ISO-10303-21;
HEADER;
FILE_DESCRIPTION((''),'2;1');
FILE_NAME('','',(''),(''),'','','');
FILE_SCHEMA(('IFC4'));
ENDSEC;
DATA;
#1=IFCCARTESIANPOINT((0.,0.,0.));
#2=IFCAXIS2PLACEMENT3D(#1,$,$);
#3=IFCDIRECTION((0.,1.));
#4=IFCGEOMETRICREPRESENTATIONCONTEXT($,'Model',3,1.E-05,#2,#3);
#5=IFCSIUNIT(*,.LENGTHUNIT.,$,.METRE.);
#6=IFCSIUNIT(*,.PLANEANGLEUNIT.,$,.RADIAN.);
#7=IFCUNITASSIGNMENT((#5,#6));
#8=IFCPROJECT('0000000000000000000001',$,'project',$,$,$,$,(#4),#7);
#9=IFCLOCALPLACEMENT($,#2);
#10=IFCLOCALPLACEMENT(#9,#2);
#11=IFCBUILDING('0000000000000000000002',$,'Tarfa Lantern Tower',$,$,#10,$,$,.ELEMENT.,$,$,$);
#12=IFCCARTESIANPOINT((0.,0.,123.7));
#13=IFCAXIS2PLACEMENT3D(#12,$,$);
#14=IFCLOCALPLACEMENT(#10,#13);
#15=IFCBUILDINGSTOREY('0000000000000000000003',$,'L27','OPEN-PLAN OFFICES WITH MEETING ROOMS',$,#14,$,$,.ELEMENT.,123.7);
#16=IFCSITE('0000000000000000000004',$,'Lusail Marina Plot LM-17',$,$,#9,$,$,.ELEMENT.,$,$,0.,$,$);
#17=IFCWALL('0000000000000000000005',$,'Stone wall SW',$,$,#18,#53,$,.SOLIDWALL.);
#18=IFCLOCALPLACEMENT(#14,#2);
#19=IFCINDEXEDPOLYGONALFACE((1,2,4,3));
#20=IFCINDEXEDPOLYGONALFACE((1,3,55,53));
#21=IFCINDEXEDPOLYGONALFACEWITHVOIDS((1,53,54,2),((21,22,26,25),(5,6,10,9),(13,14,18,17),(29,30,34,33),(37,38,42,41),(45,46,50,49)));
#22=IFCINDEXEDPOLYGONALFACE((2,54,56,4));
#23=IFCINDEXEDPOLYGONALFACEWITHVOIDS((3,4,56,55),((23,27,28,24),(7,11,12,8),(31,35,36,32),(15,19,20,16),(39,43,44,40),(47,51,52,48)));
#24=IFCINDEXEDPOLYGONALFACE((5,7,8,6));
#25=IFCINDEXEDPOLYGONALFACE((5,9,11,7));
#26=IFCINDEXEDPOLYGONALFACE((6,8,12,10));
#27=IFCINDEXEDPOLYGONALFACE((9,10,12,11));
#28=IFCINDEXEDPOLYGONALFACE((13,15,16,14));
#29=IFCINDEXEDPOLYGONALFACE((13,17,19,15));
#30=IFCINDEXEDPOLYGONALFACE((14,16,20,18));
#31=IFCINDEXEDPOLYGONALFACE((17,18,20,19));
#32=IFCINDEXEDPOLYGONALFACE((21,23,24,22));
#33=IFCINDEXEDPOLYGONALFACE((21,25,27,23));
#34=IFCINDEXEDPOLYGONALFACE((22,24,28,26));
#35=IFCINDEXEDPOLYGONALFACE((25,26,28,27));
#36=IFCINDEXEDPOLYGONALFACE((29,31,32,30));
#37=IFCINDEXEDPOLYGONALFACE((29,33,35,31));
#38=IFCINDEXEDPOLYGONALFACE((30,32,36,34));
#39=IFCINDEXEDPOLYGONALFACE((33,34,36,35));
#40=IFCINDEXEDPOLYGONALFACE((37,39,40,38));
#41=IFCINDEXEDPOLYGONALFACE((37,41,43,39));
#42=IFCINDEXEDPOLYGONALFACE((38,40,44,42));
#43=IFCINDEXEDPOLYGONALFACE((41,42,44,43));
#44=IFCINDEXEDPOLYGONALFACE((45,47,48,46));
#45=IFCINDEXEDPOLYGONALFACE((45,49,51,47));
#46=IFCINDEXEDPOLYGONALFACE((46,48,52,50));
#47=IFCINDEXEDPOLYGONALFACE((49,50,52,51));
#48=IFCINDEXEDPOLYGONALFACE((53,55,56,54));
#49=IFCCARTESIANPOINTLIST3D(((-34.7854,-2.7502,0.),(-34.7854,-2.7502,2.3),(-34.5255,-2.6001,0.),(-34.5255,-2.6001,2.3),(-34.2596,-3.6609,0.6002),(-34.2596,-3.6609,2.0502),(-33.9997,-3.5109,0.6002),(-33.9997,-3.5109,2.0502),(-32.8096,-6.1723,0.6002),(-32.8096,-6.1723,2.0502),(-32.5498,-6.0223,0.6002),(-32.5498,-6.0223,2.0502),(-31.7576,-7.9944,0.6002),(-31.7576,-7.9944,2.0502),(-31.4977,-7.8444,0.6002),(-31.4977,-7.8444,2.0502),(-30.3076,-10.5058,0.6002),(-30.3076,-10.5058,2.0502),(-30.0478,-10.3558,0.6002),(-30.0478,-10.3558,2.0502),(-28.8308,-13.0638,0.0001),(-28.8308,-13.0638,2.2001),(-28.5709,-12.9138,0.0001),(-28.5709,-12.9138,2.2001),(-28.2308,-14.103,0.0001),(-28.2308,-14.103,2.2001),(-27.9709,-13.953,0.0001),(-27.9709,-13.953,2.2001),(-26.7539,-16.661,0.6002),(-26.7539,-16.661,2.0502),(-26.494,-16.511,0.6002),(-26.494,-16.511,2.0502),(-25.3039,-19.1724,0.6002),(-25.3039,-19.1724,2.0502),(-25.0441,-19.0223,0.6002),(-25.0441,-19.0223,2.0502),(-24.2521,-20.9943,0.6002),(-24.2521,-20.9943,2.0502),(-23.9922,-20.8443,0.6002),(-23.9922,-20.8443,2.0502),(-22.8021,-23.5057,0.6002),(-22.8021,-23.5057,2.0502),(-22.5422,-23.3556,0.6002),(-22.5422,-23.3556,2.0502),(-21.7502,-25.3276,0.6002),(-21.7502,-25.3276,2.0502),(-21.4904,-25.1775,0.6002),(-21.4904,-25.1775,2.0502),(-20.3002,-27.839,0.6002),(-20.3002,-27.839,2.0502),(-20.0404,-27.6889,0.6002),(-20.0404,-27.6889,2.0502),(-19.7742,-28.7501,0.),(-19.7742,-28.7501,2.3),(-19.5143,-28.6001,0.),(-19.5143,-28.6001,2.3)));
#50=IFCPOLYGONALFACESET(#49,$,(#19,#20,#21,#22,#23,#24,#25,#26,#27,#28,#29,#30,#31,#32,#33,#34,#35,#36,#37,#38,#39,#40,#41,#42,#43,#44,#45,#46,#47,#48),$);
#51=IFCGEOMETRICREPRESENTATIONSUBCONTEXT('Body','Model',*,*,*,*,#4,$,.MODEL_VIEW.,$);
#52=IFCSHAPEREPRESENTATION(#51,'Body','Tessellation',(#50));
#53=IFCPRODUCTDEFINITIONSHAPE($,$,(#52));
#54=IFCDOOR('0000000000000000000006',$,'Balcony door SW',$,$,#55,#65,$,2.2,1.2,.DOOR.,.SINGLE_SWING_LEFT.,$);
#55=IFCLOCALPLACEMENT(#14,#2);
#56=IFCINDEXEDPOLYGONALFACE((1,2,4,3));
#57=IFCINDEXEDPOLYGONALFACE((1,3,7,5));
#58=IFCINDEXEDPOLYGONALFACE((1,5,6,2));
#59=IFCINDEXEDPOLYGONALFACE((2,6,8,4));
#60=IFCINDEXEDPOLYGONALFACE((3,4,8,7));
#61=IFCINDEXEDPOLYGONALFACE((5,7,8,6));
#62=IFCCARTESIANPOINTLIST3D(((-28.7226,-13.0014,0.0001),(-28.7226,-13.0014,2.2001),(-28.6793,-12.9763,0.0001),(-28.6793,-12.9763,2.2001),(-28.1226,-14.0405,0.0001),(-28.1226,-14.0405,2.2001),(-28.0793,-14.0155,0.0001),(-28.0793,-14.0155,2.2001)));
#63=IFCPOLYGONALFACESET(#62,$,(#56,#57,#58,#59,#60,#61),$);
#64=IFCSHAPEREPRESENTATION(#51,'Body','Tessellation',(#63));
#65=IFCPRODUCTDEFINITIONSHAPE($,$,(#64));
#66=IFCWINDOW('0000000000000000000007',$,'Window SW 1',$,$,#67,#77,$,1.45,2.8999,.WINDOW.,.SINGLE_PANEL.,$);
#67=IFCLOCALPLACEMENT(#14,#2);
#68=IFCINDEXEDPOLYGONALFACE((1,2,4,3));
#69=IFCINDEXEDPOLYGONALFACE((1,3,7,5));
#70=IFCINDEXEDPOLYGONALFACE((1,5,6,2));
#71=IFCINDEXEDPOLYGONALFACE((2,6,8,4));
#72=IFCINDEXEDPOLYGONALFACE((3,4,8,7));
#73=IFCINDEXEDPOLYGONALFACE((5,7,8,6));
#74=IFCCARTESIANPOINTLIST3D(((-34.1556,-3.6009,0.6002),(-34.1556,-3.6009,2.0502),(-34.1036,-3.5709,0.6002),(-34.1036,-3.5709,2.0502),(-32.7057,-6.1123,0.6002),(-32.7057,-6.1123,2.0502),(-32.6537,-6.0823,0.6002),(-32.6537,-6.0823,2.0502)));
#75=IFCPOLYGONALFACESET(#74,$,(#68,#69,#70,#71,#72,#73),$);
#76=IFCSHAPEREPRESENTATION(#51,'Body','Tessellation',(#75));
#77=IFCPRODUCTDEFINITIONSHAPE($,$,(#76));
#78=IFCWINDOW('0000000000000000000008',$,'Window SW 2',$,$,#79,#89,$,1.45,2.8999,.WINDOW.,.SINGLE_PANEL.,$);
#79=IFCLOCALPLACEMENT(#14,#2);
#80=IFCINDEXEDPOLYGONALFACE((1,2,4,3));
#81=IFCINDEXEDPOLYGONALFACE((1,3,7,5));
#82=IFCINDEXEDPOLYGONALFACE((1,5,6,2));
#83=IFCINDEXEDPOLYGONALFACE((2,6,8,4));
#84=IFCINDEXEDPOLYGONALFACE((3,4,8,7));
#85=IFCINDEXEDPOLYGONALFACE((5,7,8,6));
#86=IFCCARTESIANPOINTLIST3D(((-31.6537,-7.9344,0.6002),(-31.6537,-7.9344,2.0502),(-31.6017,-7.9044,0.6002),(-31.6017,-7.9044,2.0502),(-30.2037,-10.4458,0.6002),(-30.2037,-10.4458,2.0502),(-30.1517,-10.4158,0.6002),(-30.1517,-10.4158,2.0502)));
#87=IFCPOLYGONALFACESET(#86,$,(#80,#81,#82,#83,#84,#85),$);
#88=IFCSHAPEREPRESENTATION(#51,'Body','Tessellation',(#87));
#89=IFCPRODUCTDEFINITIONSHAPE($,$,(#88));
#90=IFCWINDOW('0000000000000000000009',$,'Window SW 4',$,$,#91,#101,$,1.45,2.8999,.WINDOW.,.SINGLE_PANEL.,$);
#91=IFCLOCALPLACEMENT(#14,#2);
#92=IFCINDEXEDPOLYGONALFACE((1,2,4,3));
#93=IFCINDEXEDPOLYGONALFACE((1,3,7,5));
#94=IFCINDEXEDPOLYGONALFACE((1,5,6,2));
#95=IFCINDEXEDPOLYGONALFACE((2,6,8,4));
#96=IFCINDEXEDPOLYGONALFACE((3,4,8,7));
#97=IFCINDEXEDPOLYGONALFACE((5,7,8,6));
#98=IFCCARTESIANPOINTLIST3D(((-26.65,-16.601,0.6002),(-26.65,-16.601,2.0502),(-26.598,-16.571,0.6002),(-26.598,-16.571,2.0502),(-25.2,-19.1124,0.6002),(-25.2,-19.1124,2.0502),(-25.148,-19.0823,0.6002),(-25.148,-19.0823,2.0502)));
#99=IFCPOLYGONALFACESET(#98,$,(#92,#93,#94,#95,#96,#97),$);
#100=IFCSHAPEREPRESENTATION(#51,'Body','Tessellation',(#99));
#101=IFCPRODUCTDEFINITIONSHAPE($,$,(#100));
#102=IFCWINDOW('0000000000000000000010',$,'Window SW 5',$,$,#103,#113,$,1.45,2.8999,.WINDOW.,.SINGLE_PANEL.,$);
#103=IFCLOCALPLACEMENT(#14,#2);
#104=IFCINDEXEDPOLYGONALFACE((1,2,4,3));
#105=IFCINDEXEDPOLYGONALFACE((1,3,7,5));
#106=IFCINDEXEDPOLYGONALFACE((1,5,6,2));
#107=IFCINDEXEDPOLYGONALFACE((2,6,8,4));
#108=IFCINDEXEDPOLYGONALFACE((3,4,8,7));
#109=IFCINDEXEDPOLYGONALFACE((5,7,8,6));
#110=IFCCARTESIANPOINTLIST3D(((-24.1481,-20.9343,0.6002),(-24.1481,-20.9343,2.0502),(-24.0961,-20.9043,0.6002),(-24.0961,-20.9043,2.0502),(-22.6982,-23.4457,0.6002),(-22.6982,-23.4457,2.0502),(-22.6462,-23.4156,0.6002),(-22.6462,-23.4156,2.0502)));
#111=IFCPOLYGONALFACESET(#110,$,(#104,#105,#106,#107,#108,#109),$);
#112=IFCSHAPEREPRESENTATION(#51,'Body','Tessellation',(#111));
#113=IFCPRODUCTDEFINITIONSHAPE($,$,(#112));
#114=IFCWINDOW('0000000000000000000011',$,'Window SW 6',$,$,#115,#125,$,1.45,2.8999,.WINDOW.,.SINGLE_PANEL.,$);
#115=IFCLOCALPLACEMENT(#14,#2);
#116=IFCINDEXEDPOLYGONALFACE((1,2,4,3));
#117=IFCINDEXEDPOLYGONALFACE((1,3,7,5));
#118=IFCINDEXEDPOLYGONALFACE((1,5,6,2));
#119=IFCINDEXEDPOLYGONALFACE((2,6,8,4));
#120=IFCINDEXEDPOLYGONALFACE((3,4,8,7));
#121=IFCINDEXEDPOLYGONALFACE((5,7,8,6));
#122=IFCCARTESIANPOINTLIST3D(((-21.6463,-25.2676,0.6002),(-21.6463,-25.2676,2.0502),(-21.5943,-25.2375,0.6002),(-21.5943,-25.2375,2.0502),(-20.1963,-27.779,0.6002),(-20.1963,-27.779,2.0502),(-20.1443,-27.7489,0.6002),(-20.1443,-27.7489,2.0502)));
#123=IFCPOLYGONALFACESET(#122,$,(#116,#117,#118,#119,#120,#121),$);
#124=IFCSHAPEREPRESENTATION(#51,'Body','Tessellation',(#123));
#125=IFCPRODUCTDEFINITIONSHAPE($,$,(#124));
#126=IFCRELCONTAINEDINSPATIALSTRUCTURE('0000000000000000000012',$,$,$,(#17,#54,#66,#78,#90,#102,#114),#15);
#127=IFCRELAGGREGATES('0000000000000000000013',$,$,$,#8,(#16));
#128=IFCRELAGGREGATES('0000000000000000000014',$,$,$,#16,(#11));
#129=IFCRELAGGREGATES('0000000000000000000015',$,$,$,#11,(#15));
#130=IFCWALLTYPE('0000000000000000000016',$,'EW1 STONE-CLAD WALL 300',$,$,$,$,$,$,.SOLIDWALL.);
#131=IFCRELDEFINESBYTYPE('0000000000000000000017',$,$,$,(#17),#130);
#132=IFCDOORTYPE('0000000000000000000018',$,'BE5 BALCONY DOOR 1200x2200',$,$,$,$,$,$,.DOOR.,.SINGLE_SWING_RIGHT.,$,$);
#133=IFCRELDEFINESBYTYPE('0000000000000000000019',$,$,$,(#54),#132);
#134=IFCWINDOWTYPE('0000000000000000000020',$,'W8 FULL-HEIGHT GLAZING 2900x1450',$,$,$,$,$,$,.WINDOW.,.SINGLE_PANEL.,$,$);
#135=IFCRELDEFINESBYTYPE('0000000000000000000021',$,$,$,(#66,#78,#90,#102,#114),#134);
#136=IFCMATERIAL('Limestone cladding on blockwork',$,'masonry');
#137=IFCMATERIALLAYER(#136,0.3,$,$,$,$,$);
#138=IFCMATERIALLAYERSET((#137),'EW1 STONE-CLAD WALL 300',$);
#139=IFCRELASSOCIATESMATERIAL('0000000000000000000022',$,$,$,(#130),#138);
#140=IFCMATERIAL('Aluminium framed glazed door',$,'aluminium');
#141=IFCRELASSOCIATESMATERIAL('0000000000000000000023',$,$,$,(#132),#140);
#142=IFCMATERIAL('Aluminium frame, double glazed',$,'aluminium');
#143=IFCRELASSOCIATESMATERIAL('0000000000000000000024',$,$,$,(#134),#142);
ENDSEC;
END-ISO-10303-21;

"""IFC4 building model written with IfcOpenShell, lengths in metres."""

from ifc_helpers import new_model, si_unit, direction, frame, frame_2d, origin, place, context, subcontext, project, spatial, rectangle, extrude, material, layer, layer_set, type_object, element, fill, save


model = new_model("IFC4")

# Units and contexts
model_context = context("Model", 3, precision=1e-05, world=origin(), true_north=direction((0.0, 1.0)))
body_context = subcontext(model_context, "Body", "Model", "MODEL_VIEW")
ifc_project = project(units=[si_unit("LENGTHUNIT", "METRE"), si_unit("PLANEANGLEUNIT", "RADIAN")], contexts=[model_context])

# Site, building, storey
site_placement = place(None, origin())
site = spatial("IfcSite", under=ifc_project, at=site_placement, Name="Lusail Marina Plot LM-17", CompositionType="ELEMENT", RefElevation=0.0)
building_placement = place(site_placement, origin())
building = spatial("IfcBuilding", under=site, at=building_placement, Name="Tarfa Lantern Tower", CompositionType="ELEMENT")
storey_placement = place(building_placement, frame((0.0, 0.0, 123.7)))
storey = spatial("IfcBuildingStorey", under=building, at=storey_placement, Name="L27", Description="OPEN-PLAN OFFICES WITH MEETING ROOMS", CompositionType="ELEMENT", Elevation=123.7)

# Wall, openings, door, windows
ifc_material_1 = material(Name="Limestone cladding on blockwork", Category="masonry")
ifc_layer_1 = layer(ifc_material_1, 0.3)
ifc_layer_set_1 = layer_set([ifc_layer_1], Name="EW1 STONE-CLAD WALL 300")
wall_type = type_object("IfcWallType", Name="EW1 STONE-CLAD WALL 300", PredefinedType="SOLIDWALL", material=ifc_layer_set_1)
wall_placement = place(storey_placement, frame((-34.6555, -2.675, 0.0), z_axis=(0.0, 0.0, 1.0), x_axis=(0.500003, -0.866024, 0.0)))
wall = element("IfcWall", 1, at=wall_placement, inside=storey, type_object=wall_type, Name="Stone wall SW", PredefinedType="SOLIDWALL", context=body_context, shape_type="SweptSolid", body=[
    extrude(rectangle(XDim=30.0222, YDim=0.3, at=frame_2d((15.0112, 0.0))), origin(), (0.0, 0.0, 1.0), 2.3),
])
opening_1_placement = place(wall_placement, frame((1.0518, 0.0, 0.6001)))
opening_1 = element("IfcOpeningElement", 2, at=opening_1_placement, cuts=wall, PredefinedType="OPENING", context=body_context, shape_type="SweptSolid", body=[
    extrude(rectangle(XDim=2.8999, YDim=1.45, at=frame_2d((1.45, 0.7251))), frame((0.0, 0.1599, 0.0), z_axis=(0.0, -1.0, 0.0), x_axis=(1.0, 0.0, 0.0)), (0.0, 0.0, 1.0), 0.3201),
])
opening_2_placement = place(wall_placement, frame((6.0557, 0.0, 0.6001)))
opening_2 = element("IfcOpeningElement", 3, at=opening_2_placement, cuts=wall, PredefinedType="OPENING", context=body_context, shape_type="SweptSolid", body=[
    extrude(rectangle(XDim=2.8999, YDim=1.45, at=frame_2d((1.45, 0.7251))), frame((0.0, 0.1599, 0.0), z_axis=(0.0, -1.0, 0.0), x_axis=(1.0, 0.0, 0.0)), (0.0, 0.0, 1.0), 0.3201),
])
opening_3_placement = place(wall_placement, frame((11.9092, 0.0, 0.0)))
opening_3 = element("IfcOpeningElement", 4, at=opening_3_placement, cuts=wall, PredefinedType="OPENING", context=body_context, shape_type="SweptSolid", body=[
    extrude(rectangle(XDim=1.2, YDim=2.2, at=frame_2d((0.6001, 1.1001))), frame((0.0, 0.1599, 0.0), z_axis=(0.0, -1.0, 0.0), x_axis=(1.0, 0.0, 0.0)), (0.0, 0.0, 1.0), 0.3201),
])
opening_4_placement = place(wall_placement, frame((16.063, 0.0, 0.6001)))
opening_4 = element("IfcOpeningElement", 5, at=opening_4_placement, cuts=wall, PredefinedType="OPENING", context=body_context, shape_type="SweptSolid", body=[
    extrude(rectangle(XDim=2.8999, YDim=1.45, at=frame_2d((1.45, 0.7251))), frame((0.0, 0.1599, 0.0), z_axis=(0.0, -1.0, 0.0), x_axis=(1.0, 0.0, 0.0)), (0.0, 0.0, 1.0), 0.3201),
])
opening_5_placement = place(wall_placement, frame((21.0667, 0.0, 0.6001)))
opening_5 = element("IfcOpeningElement", 6, at=opening_5_placement, cuts=wall, PredefinedType="OPENING", context=body_context, shape_type="SweptSolid", body=[
    extrude(rectangle(XDim=2.8999, YDim=1.45, at=frame_2d((1.45, 0.7251))), frame((0.0, 0.1599, 0.0), z_axis=(0.0, -1.0, 0.0), x_axis=(1.0, 0.0, 0.0)), (0.0, 0.0, 1.0), 0.3201),
])
opening_6_placement = place(wall_placement, frame((26.0703, 0.0, 0.6001)))
opening_6 = element("IfcOpeningElement", 7, at=opening_6_placement, cuts=wall, PredefinedType="OPENING", context=body_context, shape_type="SweptSolid", body=[
    extrude(rectangle(XDim=2.8999, YDim=1.45, at=frame_2d((1.45, 0.7251))), frame((0.0, 0.1599, 0.0), z_axis=(0.0, -1.0, 0.0), x_axis=(1.0, 0.0, 0.0)), (0.0, 0.0, 1.0), 0.3201),
])
ifc_material_2 = material(Name="Aluminium framed glazed door", Category="aluminium")
door_type = type_object("IfcDoorType", Name="BE5 BALCONY DOOR 1200x2200", OperationType="SINGLE_SWING_RIGHT", PredefinedType="DOOR", material=ifc_material_2)
door_placement = place(opening_3_placement, origin())
door = element("IfcDoor", 8, at=door_placement, inside=storey, type_object=door_type, Name="Balcony door SW", OperationType="SINGLE_SWING_LEFT", OverallHeight=2.2, OverallWidth=1.2, PredefinedType="DOOR", context=body_context, shape_type="SweptSolid", body=[
    extrude(rectangle(XDim=1.2, YDim=2.2, at=frame_2d((0.6001, 1.1001))), frame((0.0, 0.0249, 0.0), z_axis=(0.0, -1.0, 0.0), x_axis=(1.0, 0.0, 0.0)), (0.0, 0.0, 1.0), 0.05),
])
fill(opening_3, door)
ifc_material_3 = material(Name="Aluminium frame, double glazed", Category="aluminium")
window_type = type_object("IfcWindowType", Name="W8 FULL-HEIGHT GLAZING 2900x1450", PartitioningType="SINGLE_PANEL", PredefinedType="WINDOW", material=ifc_material_3)
window_1_placement = place(opening_1_placement, origin())
window_1 = element("IfcWindow", 9, at=window_1_placement, inside=storey, type_object=window_type, Name="Window SW 1", OverallHeight=1.45, OverallWidth=2.8999, PartitioningType="SINGLE_PANEL", PredefinedType="WINDOW", context=body_context, shape_type="SweptSolid", body=[
    extrude(rectangle(XDim=2.8999, YDim=1.45, at=frame_2d((1.45, 0.7251))), frame((0.0, 0.03, 0.0), z_axis=(0.0, -1.0, 0.0), x_axis=(1.0, 0.0, 0.0)), (0.0, 0.0, 1.0), 0.0601),
])
fill(opening_1, window_1)
window_2_placement = place(opening_2_placement, origin())
window_2 = element("IfcWindow", 10, at=window_2_placement, inside=storey, type_object=window_type, Name="Window SW 2", OverallHeight=1.45, OverallWidth=2.8999, PartitioningType="SINGLE_PANEL", PredefinedType="WINDOW", context=body_context, shape_type="SweptSolid", body=[
    extrude(rectangle(XDim=2.8999, YDim=1.45, at=frame_2d((1.45, 0.7251))), frame((0.0, 0.03, 0.0), z_axis=(0.0, -1.0, 0.0), x_axis=(1.0, 0.0, 0.0)), (0.0, 0.0, 1.0), 0.0601),
])
fill(opening_2, window_2)
window_3_placement = place(opening_4_placement, origin())
window_3 = element("IfcWindow", 11, at=window_3_placement, inside=storey, type_object=window_type, Name="Window SW 4", OverallHeight=1.45, OverallWidth=2.8999, PartitioningType="SINGLE_PANEL", PredefinedType="WINDOW", context=body_context, shape_type="SweptSolid", body=[
    extrude(rectangle(XDim=2.8999, YDim=1.45, at=frame_2d((1.45, 0.7251))), frame((0.0, 0.03, 0.0), z_axis=(0.0, -1.0, 0.0), x_axis=(1.0, 0.0, 0.0)), (0.0, 0.0, 1.0), 0.0601),
])
fill(opening_4, window_3)
window_4_placement = place(opening_5_placement, origin())
window_4 = element("IfcWindow", 12, at=window_4_placement, inside=storey, type_object=window_type, Name="Window SW 5", OverallHeight=1.45, OverallWidth=2.8999, PartitioningType="SINGLE_PANEL", PredefinedType="WINDOW", context=body_context, shape_type="SweptSolid", body=[
    extrude(rectangle(XDim=2.8999, YDim=1.45, at=frame_2d((1.45, 0.7251))), frame((0.0, 0.03, 0.0), z_axis=(0.0, -1.0, 0.0), x_axis=(1.0, 0.0, 0.0)), (0.0, 0.0, 1.0), 0.0601),
])
fill(opening_5, window_4)
window_5_placement = place(opening_6_placement, origin())
window_5 = element("IfcWindow", 13, at=window_5_placement, inside=storey, type_object=window_type, Name="Window SW 6", OverallHeight=1.45, OverallWidth=2.8999, PartitioningType="SINGLE_PANEL", PredefinedType="WINDOW", context=body_context, shape_type="SweptSolid", body=[
    extrude(rectangle(XDim=2.8999, YDim=1.45, at=frame_2d((1.45, 0.7251))), frame((0.0, 0.03, 0.0), z_axis=(0.0, -1.0, 0.0), x_axis=(1.0, 0.0, 0.0)), (0.0, 0.0, 1.0), 0.0601),
])
fill(opening_6, window_5)

save(model, "model.ifc")
